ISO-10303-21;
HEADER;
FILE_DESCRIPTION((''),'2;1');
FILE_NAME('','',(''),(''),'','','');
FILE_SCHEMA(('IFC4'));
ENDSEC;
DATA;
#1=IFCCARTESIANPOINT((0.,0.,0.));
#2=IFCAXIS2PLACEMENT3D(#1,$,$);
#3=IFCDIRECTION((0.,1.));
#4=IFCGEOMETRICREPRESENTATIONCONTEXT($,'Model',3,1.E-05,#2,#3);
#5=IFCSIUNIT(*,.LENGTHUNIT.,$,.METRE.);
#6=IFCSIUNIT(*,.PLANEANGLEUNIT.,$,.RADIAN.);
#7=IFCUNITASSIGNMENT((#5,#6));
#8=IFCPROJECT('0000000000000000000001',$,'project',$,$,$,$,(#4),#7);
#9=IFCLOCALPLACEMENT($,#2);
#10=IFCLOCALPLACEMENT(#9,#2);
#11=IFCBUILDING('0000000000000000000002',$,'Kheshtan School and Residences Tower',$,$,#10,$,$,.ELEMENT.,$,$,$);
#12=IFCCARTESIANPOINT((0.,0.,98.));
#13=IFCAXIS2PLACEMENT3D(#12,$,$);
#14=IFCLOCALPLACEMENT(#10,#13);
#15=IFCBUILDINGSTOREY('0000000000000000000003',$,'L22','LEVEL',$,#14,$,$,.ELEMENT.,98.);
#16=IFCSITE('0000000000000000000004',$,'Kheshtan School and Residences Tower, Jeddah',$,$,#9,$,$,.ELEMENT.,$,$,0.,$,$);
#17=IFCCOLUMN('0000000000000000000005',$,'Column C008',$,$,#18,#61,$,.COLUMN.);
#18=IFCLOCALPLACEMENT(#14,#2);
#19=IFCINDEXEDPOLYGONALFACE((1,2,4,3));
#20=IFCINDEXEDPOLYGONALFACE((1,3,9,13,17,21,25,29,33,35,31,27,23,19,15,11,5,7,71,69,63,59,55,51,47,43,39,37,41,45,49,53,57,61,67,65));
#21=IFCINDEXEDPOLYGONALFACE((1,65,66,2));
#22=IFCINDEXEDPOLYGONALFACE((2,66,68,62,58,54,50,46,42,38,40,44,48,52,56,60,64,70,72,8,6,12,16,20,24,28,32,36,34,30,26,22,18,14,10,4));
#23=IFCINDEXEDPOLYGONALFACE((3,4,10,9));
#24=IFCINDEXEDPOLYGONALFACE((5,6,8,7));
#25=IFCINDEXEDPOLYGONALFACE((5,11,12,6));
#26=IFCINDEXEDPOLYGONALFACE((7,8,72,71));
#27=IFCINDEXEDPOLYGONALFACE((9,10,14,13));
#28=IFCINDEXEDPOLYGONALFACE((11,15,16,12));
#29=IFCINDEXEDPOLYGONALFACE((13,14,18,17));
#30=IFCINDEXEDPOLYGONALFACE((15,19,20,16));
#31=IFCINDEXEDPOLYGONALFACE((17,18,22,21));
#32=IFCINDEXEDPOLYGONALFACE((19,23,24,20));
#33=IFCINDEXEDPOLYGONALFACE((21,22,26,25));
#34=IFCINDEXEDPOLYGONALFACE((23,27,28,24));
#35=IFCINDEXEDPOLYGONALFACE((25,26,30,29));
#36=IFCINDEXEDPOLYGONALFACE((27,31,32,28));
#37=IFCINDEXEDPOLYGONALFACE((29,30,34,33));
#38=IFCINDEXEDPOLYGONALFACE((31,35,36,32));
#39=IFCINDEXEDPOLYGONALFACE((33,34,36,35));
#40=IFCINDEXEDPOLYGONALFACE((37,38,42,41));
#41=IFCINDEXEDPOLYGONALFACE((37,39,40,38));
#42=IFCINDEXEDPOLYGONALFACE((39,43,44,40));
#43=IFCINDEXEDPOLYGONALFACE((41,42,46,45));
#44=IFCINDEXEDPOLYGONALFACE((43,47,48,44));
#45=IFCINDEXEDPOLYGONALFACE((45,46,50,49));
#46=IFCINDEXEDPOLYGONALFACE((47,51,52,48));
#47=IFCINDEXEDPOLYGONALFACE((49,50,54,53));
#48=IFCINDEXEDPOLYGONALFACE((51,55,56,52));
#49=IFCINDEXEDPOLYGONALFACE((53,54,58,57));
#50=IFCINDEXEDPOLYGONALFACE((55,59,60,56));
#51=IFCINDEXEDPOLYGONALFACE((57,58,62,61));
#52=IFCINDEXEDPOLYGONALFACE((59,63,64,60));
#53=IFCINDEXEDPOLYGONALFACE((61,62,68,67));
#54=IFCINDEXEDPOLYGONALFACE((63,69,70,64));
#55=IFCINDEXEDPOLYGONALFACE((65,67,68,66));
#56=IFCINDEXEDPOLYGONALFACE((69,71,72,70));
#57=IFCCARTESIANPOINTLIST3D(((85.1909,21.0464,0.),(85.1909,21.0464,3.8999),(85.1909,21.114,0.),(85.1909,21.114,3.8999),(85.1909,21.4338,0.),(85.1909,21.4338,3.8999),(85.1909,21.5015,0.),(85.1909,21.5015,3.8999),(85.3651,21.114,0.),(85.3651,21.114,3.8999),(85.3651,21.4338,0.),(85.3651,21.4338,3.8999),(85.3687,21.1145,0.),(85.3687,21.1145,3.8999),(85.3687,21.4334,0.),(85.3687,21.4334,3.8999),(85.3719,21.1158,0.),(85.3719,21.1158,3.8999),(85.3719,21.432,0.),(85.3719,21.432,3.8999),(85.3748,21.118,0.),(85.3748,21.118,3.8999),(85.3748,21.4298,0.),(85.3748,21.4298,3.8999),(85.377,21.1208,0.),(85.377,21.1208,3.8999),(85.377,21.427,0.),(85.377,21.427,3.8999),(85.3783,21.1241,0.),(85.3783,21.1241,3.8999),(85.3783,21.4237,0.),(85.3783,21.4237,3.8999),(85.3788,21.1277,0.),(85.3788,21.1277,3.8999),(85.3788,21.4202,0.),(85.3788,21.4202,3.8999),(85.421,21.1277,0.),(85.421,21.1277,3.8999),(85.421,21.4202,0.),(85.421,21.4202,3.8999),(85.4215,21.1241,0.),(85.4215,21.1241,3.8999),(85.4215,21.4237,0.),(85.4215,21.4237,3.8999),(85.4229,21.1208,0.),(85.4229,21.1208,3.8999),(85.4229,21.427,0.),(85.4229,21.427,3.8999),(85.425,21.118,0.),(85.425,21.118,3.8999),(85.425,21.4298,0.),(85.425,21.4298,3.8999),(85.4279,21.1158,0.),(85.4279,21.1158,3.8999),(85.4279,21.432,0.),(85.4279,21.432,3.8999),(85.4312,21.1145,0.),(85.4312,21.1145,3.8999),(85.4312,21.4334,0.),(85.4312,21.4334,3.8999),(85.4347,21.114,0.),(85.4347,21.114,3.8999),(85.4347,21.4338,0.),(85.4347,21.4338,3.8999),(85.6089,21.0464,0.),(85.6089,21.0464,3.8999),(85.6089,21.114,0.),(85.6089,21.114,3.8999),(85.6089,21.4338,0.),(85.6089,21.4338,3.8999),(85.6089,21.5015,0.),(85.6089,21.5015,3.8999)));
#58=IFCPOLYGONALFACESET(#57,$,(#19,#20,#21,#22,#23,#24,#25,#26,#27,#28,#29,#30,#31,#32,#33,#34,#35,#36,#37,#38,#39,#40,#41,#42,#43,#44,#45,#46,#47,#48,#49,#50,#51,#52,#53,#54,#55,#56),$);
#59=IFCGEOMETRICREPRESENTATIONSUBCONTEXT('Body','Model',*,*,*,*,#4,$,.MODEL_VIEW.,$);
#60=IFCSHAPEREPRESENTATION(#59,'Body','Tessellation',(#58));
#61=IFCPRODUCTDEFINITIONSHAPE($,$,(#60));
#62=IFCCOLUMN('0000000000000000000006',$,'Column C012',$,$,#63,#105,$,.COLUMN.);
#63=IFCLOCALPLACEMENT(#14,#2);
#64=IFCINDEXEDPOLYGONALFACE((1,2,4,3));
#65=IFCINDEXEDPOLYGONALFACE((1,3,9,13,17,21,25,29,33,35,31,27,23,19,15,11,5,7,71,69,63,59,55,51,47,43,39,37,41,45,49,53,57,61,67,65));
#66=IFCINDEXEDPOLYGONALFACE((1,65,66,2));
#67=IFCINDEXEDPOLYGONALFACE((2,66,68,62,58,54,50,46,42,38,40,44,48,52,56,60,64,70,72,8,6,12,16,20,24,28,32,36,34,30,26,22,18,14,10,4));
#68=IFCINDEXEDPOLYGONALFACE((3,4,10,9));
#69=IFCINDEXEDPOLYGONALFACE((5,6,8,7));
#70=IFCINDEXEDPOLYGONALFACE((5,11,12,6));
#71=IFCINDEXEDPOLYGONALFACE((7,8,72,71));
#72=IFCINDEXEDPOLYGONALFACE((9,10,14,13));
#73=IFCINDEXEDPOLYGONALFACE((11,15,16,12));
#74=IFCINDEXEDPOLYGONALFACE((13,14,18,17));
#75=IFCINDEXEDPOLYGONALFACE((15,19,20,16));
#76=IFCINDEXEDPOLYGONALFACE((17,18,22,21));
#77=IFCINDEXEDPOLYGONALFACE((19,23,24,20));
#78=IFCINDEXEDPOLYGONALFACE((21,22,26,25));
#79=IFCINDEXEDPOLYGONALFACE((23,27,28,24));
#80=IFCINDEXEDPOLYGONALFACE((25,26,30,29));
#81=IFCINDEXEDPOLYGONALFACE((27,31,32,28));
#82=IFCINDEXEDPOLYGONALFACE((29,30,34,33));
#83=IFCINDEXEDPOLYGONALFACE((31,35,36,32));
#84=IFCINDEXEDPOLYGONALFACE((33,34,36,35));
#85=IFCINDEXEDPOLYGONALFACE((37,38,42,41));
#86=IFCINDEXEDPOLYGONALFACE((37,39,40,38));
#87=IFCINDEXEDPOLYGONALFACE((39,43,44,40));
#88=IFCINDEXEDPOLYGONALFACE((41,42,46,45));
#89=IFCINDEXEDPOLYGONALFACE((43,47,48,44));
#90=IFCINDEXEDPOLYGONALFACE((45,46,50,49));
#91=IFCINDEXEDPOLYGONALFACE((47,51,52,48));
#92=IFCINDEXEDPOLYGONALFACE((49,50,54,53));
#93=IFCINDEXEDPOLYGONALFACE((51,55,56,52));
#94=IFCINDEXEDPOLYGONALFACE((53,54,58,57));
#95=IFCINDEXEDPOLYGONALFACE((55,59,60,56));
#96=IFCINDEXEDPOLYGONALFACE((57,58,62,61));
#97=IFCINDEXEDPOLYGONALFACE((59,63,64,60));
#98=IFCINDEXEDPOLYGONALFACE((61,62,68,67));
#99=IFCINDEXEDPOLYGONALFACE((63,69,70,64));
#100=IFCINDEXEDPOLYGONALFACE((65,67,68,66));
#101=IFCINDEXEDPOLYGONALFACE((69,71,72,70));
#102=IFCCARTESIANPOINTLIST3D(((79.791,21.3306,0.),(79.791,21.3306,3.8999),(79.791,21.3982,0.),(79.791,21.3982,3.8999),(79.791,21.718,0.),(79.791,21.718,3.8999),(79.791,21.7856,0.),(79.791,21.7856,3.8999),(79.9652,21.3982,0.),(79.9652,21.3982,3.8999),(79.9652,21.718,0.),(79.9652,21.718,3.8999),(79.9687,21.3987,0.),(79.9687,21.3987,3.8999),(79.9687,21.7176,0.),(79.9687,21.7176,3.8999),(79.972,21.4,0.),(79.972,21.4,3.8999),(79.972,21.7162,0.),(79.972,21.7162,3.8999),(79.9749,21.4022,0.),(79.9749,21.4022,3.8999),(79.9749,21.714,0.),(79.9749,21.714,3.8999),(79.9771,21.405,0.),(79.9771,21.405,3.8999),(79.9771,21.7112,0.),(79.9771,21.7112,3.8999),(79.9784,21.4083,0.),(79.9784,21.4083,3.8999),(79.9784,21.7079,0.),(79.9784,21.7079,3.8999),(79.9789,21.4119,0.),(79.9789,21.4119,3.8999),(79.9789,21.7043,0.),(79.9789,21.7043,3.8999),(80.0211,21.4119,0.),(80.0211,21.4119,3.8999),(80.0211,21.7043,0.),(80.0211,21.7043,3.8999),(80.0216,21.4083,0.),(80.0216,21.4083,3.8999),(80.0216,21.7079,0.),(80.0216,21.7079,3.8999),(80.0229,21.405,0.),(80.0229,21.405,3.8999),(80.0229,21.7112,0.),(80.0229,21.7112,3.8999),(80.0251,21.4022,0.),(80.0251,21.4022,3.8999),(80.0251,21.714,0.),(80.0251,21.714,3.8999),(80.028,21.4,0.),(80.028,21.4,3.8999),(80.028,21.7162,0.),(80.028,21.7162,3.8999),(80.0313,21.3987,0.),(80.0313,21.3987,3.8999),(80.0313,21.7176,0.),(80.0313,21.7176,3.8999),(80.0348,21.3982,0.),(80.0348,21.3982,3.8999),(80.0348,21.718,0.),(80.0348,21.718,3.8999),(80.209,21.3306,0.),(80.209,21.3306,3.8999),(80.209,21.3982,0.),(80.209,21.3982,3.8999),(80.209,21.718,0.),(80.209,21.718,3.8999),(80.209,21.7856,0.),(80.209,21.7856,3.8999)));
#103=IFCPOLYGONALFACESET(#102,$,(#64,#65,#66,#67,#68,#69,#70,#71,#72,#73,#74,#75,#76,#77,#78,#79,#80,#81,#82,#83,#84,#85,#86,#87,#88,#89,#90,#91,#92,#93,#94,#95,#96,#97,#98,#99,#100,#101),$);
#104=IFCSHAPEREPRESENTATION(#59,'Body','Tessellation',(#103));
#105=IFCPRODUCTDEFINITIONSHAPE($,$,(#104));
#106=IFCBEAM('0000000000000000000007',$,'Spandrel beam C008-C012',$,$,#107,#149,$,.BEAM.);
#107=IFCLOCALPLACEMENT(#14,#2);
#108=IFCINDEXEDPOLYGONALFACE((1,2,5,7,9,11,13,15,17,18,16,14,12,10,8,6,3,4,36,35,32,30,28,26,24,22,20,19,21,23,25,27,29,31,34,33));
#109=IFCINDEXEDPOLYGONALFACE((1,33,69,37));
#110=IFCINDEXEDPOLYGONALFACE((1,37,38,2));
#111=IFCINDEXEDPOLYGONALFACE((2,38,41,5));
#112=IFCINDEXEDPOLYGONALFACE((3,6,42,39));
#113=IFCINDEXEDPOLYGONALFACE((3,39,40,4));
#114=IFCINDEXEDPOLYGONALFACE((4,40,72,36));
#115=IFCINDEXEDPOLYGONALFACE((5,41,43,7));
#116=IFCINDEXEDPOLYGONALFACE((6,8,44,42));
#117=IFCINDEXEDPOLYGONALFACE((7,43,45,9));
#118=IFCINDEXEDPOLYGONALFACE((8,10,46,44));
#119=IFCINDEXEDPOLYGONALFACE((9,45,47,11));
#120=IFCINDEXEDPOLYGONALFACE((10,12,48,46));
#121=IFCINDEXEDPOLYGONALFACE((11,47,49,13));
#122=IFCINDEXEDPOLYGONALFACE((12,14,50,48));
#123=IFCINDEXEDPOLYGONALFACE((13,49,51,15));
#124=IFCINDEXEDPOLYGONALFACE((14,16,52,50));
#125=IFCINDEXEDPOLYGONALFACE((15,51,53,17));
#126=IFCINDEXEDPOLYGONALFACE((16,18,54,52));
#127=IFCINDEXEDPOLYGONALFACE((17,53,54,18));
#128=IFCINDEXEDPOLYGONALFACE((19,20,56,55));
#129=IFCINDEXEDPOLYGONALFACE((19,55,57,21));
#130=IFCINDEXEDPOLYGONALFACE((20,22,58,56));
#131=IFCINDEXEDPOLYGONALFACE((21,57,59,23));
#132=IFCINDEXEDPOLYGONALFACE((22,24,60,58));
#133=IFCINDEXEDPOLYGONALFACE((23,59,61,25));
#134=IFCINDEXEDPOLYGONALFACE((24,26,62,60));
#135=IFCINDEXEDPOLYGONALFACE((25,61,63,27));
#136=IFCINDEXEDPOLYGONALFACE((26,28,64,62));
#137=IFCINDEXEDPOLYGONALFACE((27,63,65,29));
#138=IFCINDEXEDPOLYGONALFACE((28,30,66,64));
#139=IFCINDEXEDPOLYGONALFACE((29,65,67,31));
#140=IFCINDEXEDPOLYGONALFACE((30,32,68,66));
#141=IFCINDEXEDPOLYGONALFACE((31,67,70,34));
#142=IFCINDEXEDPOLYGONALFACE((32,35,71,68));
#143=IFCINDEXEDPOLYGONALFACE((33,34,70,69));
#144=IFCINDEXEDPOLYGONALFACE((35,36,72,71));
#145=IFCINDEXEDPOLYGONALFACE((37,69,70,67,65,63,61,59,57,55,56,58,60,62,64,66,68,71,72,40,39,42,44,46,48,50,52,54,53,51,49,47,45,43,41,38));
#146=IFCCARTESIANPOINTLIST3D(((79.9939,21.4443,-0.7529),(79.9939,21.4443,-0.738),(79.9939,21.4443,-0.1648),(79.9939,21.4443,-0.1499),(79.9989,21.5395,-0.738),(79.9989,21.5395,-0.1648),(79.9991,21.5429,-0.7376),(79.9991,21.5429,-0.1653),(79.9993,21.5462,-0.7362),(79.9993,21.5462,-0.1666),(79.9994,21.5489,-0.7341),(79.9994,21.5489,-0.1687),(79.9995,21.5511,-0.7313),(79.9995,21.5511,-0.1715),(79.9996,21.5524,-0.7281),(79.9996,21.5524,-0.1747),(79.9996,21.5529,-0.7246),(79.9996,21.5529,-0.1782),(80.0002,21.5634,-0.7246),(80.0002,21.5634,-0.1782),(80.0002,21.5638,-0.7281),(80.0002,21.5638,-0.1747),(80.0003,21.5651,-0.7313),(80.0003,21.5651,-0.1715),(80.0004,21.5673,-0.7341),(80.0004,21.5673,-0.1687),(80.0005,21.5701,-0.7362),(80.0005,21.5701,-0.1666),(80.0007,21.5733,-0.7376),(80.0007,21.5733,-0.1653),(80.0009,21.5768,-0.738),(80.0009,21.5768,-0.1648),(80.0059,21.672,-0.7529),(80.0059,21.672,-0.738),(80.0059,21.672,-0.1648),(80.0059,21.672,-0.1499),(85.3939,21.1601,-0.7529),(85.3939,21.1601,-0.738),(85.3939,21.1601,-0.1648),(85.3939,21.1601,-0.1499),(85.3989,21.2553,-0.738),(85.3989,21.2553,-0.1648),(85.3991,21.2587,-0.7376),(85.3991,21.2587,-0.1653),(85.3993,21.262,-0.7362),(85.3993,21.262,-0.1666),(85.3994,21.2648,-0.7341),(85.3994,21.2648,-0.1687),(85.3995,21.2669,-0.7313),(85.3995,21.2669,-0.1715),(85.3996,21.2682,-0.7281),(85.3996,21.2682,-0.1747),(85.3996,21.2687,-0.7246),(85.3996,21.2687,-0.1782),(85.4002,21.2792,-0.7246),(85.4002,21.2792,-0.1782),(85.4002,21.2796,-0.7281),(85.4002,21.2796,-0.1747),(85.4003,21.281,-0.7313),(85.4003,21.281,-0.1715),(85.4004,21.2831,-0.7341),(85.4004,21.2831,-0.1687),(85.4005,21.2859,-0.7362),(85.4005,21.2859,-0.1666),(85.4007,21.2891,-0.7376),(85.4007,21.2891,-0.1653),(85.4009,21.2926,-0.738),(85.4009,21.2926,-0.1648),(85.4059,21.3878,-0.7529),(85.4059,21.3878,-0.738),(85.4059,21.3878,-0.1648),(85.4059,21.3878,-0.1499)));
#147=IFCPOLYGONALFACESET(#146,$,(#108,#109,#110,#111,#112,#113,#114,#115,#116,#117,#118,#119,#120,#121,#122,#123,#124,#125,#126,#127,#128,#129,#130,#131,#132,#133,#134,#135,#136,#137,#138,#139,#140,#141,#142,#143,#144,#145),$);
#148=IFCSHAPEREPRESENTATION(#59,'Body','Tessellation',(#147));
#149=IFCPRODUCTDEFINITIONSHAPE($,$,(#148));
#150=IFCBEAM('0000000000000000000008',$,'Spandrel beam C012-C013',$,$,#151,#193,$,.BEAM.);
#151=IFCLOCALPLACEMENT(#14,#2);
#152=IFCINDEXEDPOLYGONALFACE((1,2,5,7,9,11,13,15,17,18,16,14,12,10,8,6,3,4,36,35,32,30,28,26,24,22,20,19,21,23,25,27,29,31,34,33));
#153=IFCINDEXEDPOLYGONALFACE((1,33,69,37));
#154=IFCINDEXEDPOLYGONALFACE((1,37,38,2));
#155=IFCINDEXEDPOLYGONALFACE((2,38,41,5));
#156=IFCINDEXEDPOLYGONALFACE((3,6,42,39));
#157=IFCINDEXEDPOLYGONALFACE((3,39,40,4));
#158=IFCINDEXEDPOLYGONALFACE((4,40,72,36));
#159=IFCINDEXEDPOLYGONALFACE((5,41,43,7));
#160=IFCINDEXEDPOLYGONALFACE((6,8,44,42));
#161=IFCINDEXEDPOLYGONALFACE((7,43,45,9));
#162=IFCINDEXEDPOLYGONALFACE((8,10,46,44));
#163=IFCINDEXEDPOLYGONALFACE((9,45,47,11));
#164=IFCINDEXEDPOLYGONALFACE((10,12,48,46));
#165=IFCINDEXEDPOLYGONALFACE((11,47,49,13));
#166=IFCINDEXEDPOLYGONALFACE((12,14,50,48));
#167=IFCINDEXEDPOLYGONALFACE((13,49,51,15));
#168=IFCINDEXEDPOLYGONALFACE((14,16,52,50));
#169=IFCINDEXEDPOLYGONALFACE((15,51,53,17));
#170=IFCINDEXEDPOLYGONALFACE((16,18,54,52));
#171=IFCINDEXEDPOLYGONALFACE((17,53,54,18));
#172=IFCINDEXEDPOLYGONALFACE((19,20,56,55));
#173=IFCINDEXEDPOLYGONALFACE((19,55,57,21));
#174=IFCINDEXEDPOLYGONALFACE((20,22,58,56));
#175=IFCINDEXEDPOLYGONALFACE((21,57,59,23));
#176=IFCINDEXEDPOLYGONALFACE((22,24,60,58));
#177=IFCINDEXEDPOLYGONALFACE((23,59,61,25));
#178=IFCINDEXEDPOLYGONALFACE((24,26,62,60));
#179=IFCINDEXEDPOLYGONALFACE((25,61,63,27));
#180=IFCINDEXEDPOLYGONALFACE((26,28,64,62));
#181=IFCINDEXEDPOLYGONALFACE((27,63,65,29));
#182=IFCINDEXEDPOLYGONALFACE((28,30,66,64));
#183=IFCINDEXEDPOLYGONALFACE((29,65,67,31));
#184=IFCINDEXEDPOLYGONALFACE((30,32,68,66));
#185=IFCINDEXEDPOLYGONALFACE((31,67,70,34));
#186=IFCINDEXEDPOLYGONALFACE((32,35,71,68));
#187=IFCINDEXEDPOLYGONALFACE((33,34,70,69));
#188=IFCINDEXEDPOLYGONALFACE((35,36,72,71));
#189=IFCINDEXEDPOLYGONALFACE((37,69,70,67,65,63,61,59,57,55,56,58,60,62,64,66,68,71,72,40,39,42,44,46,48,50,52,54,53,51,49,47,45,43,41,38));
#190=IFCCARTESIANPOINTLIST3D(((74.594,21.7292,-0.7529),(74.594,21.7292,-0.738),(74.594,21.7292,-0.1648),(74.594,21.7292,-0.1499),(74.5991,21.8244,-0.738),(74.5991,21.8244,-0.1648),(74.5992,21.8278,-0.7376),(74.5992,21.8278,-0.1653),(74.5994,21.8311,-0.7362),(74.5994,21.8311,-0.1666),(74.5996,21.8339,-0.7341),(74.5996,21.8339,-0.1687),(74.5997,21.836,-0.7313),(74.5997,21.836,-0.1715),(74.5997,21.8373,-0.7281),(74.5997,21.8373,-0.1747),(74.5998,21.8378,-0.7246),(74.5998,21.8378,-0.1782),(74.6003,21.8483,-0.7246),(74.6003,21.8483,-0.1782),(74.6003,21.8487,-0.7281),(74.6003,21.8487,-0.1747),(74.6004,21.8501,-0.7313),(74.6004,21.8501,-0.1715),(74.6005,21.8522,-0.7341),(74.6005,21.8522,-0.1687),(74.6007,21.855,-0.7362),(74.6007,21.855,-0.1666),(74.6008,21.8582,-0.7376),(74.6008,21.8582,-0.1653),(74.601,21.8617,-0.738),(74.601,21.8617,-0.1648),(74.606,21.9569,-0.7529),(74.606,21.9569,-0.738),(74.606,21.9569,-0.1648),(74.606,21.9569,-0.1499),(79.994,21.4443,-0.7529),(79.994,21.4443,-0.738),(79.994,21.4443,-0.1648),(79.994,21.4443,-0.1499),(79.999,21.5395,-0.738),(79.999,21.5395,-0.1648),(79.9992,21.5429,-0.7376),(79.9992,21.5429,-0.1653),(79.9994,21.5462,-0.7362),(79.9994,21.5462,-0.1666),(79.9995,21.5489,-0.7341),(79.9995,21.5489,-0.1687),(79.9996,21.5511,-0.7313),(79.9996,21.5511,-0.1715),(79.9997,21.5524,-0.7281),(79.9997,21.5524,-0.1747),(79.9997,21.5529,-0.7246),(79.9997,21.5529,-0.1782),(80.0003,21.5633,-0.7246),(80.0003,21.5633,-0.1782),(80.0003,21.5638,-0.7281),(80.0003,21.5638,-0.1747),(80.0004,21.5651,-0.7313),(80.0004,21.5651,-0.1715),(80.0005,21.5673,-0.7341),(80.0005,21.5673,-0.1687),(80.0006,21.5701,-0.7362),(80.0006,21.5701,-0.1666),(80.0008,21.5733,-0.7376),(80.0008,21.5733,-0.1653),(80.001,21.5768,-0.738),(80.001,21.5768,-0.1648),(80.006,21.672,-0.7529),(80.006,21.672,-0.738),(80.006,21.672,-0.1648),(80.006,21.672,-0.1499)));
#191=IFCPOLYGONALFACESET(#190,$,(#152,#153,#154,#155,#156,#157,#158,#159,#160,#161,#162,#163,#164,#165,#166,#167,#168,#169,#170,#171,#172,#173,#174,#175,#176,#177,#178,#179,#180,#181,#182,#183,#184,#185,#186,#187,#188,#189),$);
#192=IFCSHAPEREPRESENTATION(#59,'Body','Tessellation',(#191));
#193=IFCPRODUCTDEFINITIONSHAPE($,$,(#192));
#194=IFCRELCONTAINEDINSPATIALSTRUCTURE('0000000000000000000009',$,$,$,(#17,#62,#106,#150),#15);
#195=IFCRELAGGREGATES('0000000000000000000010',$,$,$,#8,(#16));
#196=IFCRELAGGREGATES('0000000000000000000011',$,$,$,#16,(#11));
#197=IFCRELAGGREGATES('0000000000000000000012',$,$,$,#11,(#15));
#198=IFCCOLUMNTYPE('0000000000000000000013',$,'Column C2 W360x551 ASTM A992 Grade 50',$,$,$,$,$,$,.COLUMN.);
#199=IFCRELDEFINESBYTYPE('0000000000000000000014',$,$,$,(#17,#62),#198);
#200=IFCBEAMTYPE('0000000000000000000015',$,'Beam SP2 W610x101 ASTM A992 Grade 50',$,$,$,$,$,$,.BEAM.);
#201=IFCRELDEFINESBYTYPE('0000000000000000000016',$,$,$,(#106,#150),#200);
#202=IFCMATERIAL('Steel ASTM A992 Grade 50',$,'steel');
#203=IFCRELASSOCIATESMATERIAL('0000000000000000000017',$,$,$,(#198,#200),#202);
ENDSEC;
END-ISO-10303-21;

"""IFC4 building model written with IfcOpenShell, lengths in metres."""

from ifc_helpers import new_model, si_unit, direction, frame, origin, origin_2d, place, context, subcontext, project, spatial, i_section, extrude, material, material_profile, profile_set, type_object, element, save


model = new_model("IFC4")

# Units and contexts
model_context = context("Model", 3, precision=1e-05, world=origin(), true_north=direction((0.0, 1.0)))
body_context = subcontext(model_context, "Body", "Model", "MODEL_VIEW")
ifc_project = project(units=[si_unit("LENGTHUNIT", "METRE"), si_unit("PLANEANGLEUNIT", "RADIAN")], contexts=[model_context])

# Site, building, storey
site_placement = place(None, origin())
site = spatial("IfcSite", under=ifc_project, at=site_placement, Name="Kheshtan School and Residences Tower, Jeddah", CompositionType="ELEMENT", RefElevation=0.0)
building_placement = place(site_placement, origin())
building = spatial("IfcBuilding", under=site, at=building_placement, Name="Kheshtan School and Residences Tower", CompositionType="ELEMENT")
storey_placement = place(building_placement, frame((0.0, 0.0, 98.0)))
storey = spatial("IfcBuildingStorey", under=building, at=storey_placement, Name="L22", Description="LEVEL", CompositionType="ELEMENT", Elevation=98.0)

# Columns
ifc_material_1 = material(Name="Steel ASTM A992 Grade 50", Category="steel")
ifc_material_profile_1 = material_profile(ifc_material_1, i_section(OverallWidth=0.418, OverallDepth=0.4551, WebThickness=0.0422, FlangeThickness=0.0676, FilletRadius=0.0137, at=origin_2d()), Name="W360x551")
ifc_profile_set_1 = profile_set([ifc_material_profile_1], Name="Steel ASTM A992 Grade 50")
column_type = type_object("IfcColumnType", Name="Column C2 W360x551 ASTM A992 Grade 50", PredefinedType="COLUMN", material=ifc_profile_set_1)
for number, where, z_axis, x_axis, name in (
    (1, (85.3999, 21.2739, 0.0), (0.0, 0.0, 1.0), (1.0, 0.0, 0.0), "Column C008"),
    (2, (80.0, 21.5581, 0.0), (0.0, 0.0, 1.0), (1.0, 0.0, 0.0), "Column C012"),
):
    element("IfcColumn", number, at=place(storey_placement, frame(where, z_axis=z_axis, x_axis=x_axis)), inside=storey, type_object=column_type, Name=name, PredefinedType="COLUMN", context=body_context, shape_type="SweptSolid", body=[
        extrude(i_section(OverallWidth=0.418, OverallDepth=0.4551, WebThickness=0.0422, FlangeThickness=0.0676, FilletRadius=0.0137, at=origin_2d()), origin(), (0.0, 0.0, 1.0), 3.8999),
    ])

# Beams
ifc_material_profile_2 = material_profile(ifc_material_1, i_section(OverallWidth=0.228, OverallDepth=0.603, WebThickness=0.0105, FlangeThickness=0.0149, FilletRadius=0.0134, at=origin_2d()), Name="W610x101")
ifc_profile_set_2 = profile_set([ifc_material_profile_2], Name="Steel ASTM A992 Grade 50")
beam_type = type_object("IfcBeamType", Name="Beam SP2 W610x101 ASTM A992 Grade 50", PredefinedType="BEAM", material=ifc_profile_set_2)
for number, where, z_axis, x_axis, name in (
    (3, (85.3999, 21.2739, -0.4514), (-0.998618, 0.052554, 0.0), (-0.052554, -0.998618, 0.0), "Spandrel beam C008-C012"),
    (4, (80.0, 21.5581, -0.4514), (-0.998611, 0.052689, 0.0), (-0.052689, -0.998611, 0.0), "Spandrel beam C012-C013"),
):
    element("IfcBeam", number, at=place(storey_placement, frame(where, z_axis=z_axis, x_axis=x_axis)), inside=storey, type_object=beam_type, Name=name, PredefinedType="BEAM", context=body_context, shape_type="SweptSolid", body=[
        extrude(i_section(OverallWidth=0.228, OverallDepth=0.603, WebThickness=0.0105, FlangeThickness=0.0149, FilletRadius=0.0134, at=origin_2d()), origin(), (0.0, 0.0, 1.0), 5.4075),
    ])

save(model, "model.ifc")
